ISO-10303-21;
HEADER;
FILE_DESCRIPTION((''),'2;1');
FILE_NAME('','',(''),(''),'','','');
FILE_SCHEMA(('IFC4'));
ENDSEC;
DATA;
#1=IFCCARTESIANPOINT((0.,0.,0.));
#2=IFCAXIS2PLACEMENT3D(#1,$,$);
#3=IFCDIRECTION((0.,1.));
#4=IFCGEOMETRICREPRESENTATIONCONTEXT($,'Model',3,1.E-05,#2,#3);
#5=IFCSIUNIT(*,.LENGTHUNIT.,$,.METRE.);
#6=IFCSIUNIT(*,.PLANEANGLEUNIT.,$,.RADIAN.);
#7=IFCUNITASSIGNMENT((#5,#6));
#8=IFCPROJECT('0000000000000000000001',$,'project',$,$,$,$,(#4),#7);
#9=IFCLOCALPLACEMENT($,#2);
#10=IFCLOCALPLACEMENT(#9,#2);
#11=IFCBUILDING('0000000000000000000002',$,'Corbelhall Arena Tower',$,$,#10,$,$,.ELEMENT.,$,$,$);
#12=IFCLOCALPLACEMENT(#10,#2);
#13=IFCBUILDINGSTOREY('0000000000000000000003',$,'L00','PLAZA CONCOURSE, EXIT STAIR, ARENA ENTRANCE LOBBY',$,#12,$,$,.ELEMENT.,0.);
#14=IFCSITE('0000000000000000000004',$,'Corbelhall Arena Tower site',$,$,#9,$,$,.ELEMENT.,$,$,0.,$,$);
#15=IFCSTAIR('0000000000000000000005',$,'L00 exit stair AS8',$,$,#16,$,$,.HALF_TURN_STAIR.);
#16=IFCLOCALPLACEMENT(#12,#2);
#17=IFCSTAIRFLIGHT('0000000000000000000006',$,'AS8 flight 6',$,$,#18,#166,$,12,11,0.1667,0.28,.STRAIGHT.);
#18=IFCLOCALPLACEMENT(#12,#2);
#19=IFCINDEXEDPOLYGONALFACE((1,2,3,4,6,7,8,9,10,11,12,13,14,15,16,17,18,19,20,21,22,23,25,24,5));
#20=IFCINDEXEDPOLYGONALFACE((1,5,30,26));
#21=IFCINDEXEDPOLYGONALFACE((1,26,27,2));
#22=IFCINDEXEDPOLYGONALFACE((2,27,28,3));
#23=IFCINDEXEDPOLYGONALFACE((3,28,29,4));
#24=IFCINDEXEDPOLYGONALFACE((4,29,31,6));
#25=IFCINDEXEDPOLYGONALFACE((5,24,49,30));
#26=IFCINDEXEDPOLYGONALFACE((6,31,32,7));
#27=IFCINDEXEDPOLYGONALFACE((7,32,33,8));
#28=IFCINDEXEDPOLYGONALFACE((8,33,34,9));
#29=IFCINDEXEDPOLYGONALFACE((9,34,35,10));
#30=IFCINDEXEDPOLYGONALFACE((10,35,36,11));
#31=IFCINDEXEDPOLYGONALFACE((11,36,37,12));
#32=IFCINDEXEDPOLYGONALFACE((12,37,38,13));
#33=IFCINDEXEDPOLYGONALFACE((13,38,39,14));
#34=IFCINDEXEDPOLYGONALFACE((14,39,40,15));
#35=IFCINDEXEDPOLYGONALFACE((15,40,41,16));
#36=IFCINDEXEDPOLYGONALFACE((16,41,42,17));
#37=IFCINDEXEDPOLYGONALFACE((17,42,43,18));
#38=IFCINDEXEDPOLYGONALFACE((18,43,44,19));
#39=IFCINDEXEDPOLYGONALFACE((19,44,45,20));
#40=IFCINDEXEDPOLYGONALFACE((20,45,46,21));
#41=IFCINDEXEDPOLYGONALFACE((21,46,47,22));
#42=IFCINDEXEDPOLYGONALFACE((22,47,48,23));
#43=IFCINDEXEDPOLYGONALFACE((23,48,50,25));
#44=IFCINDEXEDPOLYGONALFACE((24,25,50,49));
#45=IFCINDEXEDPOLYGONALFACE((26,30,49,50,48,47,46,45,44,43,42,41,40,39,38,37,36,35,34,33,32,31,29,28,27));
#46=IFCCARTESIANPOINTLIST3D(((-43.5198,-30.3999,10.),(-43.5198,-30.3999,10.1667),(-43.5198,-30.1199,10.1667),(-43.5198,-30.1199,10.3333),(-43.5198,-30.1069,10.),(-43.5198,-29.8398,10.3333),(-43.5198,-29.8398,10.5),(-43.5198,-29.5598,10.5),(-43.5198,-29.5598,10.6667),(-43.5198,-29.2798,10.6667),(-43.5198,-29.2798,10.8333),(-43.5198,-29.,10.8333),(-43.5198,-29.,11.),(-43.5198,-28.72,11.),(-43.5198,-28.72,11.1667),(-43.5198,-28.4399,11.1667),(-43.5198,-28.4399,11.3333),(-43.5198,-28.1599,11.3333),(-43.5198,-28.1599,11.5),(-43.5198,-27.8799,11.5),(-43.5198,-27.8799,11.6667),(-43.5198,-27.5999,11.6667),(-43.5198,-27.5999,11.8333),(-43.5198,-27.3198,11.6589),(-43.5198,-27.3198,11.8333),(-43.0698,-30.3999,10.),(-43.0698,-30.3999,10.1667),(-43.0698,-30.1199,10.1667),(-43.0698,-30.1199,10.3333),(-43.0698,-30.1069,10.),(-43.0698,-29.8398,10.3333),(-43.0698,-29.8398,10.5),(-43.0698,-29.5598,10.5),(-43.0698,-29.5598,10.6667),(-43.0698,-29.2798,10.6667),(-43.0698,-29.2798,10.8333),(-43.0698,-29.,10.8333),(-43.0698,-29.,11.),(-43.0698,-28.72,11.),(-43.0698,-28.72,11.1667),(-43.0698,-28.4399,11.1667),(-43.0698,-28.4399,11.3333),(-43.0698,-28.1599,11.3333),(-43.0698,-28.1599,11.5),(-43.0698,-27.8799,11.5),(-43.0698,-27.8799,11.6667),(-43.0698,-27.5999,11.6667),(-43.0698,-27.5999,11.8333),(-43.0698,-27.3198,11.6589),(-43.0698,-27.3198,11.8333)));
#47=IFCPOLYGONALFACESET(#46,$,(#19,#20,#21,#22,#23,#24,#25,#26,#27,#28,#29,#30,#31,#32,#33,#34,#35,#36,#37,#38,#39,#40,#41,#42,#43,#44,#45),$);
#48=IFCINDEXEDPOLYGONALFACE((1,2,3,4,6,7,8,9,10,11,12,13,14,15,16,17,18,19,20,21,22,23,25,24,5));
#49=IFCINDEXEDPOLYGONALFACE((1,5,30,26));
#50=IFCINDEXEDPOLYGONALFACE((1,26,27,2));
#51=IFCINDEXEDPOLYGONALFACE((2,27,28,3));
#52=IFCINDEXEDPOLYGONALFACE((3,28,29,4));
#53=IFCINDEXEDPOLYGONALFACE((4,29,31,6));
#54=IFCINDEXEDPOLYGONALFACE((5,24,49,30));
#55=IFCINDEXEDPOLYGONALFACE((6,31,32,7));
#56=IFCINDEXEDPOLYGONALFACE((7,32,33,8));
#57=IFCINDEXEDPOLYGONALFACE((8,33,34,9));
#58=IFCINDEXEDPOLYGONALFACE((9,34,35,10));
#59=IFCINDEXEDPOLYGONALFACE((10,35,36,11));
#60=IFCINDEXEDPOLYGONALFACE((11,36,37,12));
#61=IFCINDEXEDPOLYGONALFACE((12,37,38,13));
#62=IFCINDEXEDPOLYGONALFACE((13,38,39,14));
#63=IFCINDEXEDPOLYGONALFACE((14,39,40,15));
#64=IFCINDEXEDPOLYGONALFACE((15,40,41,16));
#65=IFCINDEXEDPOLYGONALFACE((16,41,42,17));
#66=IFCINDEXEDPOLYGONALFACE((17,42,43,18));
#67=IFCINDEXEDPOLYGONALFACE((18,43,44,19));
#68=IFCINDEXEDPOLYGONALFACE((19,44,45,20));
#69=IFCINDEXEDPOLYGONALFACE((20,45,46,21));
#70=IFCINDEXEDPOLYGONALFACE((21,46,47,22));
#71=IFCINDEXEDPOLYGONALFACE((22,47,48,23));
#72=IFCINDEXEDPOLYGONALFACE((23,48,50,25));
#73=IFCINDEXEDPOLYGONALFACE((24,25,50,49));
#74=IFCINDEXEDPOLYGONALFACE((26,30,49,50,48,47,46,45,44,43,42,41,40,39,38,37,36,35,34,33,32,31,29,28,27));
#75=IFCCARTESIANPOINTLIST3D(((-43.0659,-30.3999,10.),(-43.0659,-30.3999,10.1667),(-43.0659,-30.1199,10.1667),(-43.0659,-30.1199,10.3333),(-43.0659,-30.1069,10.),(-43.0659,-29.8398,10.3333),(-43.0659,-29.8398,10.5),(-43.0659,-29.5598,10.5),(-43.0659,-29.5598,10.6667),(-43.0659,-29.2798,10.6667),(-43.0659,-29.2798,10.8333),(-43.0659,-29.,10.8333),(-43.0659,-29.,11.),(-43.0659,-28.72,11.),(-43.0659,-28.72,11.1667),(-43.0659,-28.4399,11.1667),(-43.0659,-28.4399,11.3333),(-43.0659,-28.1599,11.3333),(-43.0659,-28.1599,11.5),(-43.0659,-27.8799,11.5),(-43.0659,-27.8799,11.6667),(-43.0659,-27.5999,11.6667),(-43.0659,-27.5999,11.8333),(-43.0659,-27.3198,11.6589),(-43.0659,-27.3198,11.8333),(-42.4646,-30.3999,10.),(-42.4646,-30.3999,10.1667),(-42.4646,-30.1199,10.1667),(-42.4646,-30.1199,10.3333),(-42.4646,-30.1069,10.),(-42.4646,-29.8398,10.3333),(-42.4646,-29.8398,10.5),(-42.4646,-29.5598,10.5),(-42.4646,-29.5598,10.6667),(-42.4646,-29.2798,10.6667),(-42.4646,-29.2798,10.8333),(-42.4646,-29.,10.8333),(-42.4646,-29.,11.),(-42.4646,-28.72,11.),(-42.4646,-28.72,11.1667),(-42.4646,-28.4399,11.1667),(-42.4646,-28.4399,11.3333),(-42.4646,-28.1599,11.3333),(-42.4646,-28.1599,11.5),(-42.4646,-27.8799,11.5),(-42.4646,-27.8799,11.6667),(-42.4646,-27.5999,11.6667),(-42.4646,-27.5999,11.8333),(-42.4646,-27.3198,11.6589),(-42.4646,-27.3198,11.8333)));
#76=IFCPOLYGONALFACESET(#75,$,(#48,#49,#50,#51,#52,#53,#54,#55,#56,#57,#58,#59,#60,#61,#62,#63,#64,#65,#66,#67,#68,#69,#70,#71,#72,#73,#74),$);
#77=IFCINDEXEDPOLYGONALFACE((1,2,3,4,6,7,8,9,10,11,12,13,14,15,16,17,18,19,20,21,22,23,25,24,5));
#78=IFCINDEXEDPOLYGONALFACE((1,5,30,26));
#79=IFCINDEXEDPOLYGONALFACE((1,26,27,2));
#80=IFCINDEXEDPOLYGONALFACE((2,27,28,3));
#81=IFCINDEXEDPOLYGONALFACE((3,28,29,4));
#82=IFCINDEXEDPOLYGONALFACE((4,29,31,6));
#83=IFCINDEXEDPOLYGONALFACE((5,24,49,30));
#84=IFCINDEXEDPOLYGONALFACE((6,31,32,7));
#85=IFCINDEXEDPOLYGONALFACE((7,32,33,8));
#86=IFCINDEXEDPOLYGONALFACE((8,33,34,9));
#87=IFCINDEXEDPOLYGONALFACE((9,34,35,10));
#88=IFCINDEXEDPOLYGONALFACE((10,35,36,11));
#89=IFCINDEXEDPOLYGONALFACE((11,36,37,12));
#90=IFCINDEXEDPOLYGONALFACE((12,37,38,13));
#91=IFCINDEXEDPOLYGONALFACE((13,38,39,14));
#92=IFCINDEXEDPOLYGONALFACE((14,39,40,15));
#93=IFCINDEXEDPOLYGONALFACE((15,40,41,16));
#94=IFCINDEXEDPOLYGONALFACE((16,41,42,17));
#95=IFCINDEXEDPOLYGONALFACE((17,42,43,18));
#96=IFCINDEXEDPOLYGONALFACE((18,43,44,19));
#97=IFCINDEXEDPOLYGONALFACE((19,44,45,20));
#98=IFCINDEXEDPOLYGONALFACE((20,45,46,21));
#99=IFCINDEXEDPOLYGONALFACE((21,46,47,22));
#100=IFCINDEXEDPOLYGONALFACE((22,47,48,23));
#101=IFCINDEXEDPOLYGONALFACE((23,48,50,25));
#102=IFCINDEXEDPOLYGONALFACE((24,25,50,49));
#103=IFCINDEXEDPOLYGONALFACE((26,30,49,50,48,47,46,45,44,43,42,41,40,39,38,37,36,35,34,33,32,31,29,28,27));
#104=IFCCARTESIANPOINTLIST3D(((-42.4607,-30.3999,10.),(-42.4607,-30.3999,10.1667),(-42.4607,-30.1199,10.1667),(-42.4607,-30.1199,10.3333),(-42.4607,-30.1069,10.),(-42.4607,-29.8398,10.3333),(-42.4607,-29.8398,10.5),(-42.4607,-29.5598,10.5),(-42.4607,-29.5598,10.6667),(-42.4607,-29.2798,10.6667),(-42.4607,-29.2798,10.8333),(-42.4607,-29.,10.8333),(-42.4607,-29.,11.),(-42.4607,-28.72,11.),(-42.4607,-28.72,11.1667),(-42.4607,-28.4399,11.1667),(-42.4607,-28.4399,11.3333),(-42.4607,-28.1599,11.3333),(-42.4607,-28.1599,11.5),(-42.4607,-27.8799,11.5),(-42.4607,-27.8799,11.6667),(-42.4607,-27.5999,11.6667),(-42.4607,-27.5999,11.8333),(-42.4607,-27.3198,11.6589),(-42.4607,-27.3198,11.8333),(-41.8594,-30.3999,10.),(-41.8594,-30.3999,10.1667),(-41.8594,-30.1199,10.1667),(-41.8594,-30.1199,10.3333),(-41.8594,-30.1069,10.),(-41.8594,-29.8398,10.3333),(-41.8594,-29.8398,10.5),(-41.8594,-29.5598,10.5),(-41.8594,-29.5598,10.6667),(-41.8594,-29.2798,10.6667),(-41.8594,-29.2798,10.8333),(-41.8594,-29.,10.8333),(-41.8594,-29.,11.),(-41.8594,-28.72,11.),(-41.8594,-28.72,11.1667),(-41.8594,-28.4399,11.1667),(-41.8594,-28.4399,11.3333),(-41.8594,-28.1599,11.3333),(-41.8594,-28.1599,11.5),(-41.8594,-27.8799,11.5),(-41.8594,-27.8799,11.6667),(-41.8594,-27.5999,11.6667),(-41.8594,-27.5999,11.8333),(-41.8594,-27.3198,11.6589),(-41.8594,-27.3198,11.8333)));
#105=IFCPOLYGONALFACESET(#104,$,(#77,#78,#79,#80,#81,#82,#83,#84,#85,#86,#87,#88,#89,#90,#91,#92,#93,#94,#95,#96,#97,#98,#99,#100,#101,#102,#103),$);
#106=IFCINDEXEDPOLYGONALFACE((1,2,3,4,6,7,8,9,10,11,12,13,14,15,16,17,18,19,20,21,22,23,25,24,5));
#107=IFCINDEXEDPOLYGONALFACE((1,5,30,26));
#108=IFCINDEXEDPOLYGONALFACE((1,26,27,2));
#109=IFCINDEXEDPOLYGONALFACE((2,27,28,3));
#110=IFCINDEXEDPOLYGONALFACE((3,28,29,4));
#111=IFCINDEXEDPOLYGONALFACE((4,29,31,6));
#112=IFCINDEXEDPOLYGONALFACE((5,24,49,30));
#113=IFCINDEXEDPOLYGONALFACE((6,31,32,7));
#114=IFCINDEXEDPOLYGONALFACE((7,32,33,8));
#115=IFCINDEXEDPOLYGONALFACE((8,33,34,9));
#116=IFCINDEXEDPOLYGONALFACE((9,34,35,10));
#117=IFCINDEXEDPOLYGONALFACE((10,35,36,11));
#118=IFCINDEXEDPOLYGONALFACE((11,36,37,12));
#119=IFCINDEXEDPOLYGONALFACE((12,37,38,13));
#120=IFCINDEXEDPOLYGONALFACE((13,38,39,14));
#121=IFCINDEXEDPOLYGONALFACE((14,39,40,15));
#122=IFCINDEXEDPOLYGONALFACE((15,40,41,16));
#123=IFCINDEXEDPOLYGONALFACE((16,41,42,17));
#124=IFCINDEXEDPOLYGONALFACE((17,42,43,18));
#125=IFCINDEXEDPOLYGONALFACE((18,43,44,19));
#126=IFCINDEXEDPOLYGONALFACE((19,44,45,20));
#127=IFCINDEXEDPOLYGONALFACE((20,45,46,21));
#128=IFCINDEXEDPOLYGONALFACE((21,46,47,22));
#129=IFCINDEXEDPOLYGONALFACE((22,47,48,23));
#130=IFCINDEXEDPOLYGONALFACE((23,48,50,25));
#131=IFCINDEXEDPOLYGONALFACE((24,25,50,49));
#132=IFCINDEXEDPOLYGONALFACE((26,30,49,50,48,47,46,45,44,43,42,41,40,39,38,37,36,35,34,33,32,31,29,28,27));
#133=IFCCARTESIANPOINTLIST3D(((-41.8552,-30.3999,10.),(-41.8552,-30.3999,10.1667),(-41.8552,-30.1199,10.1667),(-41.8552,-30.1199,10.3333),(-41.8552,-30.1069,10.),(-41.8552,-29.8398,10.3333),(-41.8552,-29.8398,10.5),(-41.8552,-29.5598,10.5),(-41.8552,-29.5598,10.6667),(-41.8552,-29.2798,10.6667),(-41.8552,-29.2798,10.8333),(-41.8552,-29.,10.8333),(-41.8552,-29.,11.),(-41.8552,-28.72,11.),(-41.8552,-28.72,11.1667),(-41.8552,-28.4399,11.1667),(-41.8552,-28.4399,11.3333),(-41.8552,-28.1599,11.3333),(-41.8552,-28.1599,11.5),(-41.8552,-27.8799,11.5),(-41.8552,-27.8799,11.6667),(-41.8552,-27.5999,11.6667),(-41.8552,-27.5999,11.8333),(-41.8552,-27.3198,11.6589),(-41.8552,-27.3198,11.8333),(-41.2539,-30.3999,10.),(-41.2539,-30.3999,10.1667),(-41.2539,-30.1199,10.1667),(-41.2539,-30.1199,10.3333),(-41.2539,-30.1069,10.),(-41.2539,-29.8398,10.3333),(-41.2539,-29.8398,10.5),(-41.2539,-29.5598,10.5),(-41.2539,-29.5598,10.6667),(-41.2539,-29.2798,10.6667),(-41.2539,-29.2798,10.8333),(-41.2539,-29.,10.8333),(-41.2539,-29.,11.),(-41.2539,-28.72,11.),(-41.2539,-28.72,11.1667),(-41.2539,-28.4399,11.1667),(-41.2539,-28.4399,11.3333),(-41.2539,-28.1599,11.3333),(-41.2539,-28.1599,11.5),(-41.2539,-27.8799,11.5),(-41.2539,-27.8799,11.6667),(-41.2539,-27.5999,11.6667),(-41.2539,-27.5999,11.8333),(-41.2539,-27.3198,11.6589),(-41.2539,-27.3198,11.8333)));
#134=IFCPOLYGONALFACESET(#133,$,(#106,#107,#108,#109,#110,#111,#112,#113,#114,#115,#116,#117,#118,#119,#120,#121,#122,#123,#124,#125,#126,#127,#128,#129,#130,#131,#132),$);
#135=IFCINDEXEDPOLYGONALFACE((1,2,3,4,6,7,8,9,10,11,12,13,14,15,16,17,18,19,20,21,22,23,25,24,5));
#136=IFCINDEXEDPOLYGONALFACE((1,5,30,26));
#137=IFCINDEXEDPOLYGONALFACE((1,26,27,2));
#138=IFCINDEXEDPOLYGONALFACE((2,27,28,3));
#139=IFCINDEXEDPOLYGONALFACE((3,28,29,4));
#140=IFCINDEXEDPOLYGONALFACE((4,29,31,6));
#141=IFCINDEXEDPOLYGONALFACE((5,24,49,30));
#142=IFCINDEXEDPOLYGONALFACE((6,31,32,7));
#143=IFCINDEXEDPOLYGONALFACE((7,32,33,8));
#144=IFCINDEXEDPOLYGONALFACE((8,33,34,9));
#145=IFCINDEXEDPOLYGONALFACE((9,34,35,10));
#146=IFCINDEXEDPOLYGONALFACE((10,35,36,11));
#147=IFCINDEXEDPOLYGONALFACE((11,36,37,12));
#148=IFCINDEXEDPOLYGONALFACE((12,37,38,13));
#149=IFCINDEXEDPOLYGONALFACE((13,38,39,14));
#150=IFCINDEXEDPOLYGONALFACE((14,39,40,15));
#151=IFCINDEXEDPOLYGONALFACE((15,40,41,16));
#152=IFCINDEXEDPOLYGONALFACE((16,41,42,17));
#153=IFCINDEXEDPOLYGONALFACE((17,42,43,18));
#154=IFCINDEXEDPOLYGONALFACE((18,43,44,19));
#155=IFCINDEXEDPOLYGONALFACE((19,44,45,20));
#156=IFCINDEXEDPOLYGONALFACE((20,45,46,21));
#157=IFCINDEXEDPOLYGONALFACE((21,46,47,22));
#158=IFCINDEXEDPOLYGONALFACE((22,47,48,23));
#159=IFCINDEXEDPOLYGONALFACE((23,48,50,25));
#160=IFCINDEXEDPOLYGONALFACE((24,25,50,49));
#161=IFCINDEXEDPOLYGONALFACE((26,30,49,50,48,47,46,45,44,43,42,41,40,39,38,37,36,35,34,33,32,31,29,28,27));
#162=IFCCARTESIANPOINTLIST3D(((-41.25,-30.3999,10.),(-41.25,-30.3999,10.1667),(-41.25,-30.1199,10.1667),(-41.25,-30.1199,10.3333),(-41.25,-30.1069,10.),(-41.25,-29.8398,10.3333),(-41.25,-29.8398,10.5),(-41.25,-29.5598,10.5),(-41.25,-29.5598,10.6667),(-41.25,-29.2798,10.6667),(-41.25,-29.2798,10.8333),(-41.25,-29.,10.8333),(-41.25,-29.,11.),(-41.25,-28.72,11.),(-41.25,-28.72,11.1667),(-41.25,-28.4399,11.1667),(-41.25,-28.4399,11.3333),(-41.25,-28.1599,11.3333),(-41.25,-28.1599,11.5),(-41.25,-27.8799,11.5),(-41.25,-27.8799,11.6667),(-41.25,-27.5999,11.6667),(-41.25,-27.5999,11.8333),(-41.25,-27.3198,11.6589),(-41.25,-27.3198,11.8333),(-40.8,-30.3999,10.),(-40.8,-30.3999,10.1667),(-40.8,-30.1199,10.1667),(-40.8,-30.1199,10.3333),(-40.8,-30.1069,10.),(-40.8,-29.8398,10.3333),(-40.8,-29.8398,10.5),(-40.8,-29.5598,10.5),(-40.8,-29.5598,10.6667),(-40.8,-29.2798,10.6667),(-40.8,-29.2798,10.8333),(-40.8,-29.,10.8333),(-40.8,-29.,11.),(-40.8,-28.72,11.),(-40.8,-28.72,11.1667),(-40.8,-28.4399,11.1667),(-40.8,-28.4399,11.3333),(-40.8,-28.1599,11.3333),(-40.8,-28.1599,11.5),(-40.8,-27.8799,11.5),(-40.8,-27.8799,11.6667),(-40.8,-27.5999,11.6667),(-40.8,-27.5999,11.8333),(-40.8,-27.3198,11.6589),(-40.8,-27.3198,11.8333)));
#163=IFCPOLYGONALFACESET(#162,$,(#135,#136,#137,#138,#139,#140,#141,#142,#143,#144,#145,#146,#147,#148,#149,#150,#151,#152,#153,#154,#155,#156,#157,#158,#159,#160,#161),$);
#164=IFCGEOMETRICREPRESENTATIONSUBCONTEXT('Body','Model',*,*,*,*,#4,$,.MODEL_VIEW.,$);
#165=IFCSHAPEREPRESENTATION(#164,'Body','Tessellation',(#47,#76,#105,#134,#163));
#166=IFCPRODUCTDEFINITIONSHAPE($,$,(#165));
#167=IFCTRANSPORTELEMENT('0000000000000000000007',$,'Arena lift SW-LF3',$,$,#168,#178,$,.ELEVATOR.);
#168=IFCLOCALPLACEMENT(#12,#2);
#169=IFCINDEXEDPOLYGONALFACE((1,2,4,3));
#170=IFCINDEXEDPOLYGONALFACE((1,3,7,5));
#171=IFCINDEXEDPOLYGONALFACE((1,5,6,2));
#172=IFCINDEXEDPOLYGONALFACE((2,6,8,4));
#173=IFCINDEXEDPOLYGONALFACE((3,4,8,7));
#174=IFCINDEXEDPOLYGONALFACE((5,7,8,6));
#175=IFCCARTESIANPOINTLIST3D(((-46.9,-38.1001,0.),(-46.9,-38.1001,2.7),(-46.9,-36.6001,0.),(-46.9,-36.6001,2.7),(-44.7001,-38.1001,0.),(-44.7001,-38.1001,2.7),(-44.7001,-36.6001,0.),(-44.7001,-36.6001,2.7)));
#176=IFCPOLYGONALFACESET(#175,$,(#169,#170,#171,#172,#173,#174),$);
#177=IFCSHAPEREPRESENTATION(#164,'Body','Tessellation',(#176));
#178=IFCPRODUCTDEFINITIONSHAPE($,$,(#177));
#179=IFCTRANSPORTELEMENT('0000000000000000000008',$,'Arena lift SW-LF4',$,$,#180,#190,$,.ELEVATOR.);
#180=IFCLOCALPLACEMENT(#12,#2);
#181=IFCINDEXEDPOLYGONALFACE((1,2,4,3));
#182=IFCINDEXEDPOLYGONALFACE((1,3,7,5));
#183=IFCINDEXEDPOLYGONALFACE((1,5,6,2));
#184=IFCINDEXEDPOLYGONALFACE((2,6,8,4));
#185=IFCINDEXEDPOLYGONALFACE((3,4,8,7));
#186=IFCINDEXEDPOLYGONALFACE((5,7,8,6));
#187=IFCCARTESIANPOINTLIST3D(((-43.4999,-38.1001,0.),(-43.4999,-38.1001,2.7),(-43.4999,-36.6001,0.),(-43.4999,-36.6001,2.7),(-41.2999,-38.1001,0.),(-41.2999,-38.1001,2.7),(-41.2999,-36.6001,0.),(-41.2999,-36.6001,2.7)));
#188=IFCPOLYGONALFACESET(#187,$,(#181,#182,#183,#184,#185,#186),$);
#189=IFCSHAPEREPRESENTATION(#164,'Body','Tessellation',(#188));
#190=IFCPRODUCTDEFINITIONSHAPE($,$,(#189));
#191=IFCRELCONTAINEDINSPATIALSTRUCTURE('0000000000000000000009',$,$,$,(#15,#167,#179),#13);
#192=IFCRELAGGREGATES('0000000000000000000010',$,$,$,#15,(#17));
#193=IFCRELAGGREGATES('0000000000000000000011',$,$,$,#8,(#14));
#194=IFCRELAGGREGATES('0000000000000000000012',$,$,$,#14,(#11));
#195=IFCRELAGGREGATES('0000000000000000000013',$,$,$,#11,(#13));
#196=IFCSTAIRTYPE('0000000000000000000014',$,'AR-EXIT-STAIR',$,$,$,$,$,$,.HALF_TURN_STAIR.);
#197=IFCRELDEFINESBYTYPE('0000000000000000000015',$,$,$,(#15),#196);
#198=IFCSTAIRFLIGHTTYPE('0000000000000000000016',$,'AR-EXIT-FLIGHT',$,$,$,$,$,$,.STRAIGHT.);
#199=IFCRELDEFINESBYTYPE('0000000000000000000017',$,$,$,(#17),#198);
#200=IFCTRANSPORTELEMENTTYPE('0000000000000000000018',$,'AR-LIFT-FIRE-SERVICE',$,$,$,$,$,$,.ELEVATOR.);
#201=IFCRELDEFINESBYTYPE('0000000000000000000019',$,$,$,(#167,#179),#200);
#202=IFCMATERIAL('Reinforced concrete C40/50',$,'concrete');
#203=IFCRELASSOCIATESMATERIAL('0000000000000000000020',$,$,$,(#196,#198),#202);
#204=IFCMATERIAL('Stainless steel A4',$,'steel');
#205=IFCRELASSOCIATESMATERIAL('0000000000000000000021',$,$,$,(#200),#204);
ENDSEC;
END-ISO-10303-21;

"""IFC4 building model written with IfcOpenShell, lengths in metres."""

from ifc_helpers import new_model, si_unit, direction, frame, origin, origin_2d, place, context, subcontext, project, spatial, polyline, rectangle, outline, extrude, material, type_object, element, aggregate, save


model = new_model("IFC4")

# Units and contexts
model_context = context("Model", 3, precision=1e-05, world=origin(), true_north=direction((0.0, 1.0)))
body_context = subcontext(model_context, "Body", "Model", "MODEL_VIEW")
ifc_project = project(units=[si_unit("LENGTHUNIT", "METRE"), si_unit("PLANEANGLEUNIT", "RADIAN")], contexts=[model_context])

# Site, building, storey
site_placement = place(None, origin())
site = spatial("IfcSite", under=ifc_project, at=site_placement, Name="Corbelhall Arena Tower site", CompositionType="ELEMENT", RefElevation=0.0)
building_placement = place(site_placement, origin())
building = spatial("IfcBuilding", under=site, at=building_placement, Name="Corbelhall Arena Tower", CompositionType="ELEMENT")
storey_placement = place(building_placement, origin())
storey = spatial("IfcBuildingStorey", under=building, at=storey_placement, Name="L00", Description="PLAZA CONCOURSE, EXIT STAIR, ARENA ENTRANCE LOBBY", CompositionType="ELEMENT", Elevation=0.0)

# Shared definitions
ifc_material_1 = material(Name="Reinforced concrete C40/50", Category="concrete")
ifc_material_2 = material(Name="Stainless steel A4", Category="steel")

# Shared definitions
stair_type = type_object("IfcStairType", Name="AR-EXIT-STAIR", PredefinedType="HALF_TURN_STAIR", material=ifc_material_1)
stair_flight_type = type_object("IfcStairFlightType", Name="AR-EXIT-FLIGHT", PredefinedType="STRAIGHT", material=ifc_material_1)

# Stair, stair flight
stair_1_placement = place(storey_placement, origin())
stair_1 = element("IfcStair", 1, at=stair_1_placement, inside=storey, type_object=stair_type, Name="L00 exit stair AS8", PredefinedType="HALF_TURN_STAIR")
stair_flight_1_placement = place(storey_placement, frame((-42.1599, -30.3999, 10.0), z_axis=(0.0, 0.0, 1.0), x_axis=(0.0, 1.0, 0.0)))
stair_flight_1 = element("IfcStairFlight", 2, at=stair_flight_1_placement, type_object=stair_flight_type, Name="AS8 flight 6", NumberOfRisers=12, NumberOfTreads=11, PredefinedType="STRAIGHT", RiserHeight=0.1667, TreadLength=0.28, context=body_context, shape_type="SweptSolid", body=[
    extrude(outline(polyline([(0.0, 0.0), (0.0, 0.1667), (0.28, 0.1667), (0.28, 0.3333), (0.5601, 0.3333), (0.5601, 0.5), (0.8401, 0.5), (0.8401, 0.6667), (1.1201, 0.6667), (1.1201, 0.8333), (1.3999, 0.8333), (1.3999, 1.0), (1.6799, 1.0), (1.6799, 1.1667), (1.96, 1.1667), (1.96, 1.3333), (2.24, 1.3333), (2.24, 1.5), (2.52, 1.5), (2.52, 1.6667), (2.8, 1.6667), (2.8, 1.8333), (3.0801, 1.8333), (3.0801, 2.0), (3.0801, 1.6589), (0.293, 0.0), (0.0, 0.0)])), frame((0.0, 1.3599, 0.0), z_axis=(0.0, -1.0, 0.0), x_axis=(1.0, 0.0, 0.0)), (0.0, 0.0, 1.0), 0.45),
    extrude(outline(polyline([(0.0, 0.0), (0.0, 0.1667), (0.28, 0.1667), (0.28, 0.3333), (0.5601, 0.3333), (0.5601, 0.5), (0.8401, 0.5), (0.8401, 0.6667), (1.1201, 0.6667), (1.1201, 0.8333), (1.3999, 0.8333), (1.3999, 1.0), (1.6799, 1.0), (1.6799, 1.1667), (1.96, 1.1667), (1.96, 1.3333), (2.24, 1.3333), (2.24, 1.5), (2.52, 1.5), (2.52, 1.6667), (2.8, 1.6667), (2.8, 1.8333), (3.0801, 1.8333), (3.0801, 2.0), (3.0801, 1.6589), (0.293, 0.0), (0.0, 0.0)])), frame((0.0, 0.906, 0.0), z_axis=(0.0, -1.0, 0.0), x_axis=(1.0, 0.0, 0.0)), (0.0, 0.0, 1.0), 0.6013),
    extrude(outline(polyline([(0.0, 0.0), (0.0, 0.1667), (0.28, 0.1667), (0.28, 0.3333), (0.5601, 0.3333), (0.5601, 0.5), (0.8401, 0.5), (0.8401, 0.6667), (1.1201, 0.6667), (1.1201, 0.8333), (1.3999, 0.8333), (1.3999, 1.0), (1.6799, 1.0), (1.6799, 1.1667), (1.96, 1.1667), (1.96, 1.3333), (2.24, 1.3333), (2.24, 1.5), (2.52, 1.5), (2.52, 1.6667), (2.8, 1.6667), (2.8, 1.8333), (3.0801, 1.8333), (3.0801, 2.0), (3.0801, 1.6589), (0.293, 0.0), (0.0, 0.0)])), frame((0.0, 0.3008, 0.0), z_axis=(0.0, -1.0, 0.0), x_axis=(1.0, 0.0, 0.0)), (0.0, 0.0, 1.0), 0.6013),
    extrude(outline(polyline([(0.0, 0.0), (0.0, 0.1667), (0.28, 0.1667), (0.28, 0.3333), (0.5601, 0.3333), (0.5601, 0.5), (0.8401, 0.5), (0.8401, 0.6667), (1.1201, 0.6667), (1.1201, 0.8333), (1.3999, 0.8333), (1.3999, 1.0), (1.6799, 1.0), (1.6799, 1.1667), (1.96, 1.1667), (1.96, 1.3333), (2.24, 1.3333), (2.24, 1.5), (2.52, 1.5), (2.52, 1.6667), (2.8, 1.6667), (2.8, 1.8333), (3.0801, 1.8333), (3.0801, 2.0), (3.0801, 1.6589), (0.293, 0.0), (0.0, 0.0)])), frame((0.0, -0.3047, 0.0), z_axis=(0.0, -1.0, 0.0), x_axis=(1.0, 0.0, 0.0)), (0.0, 0.0, 1.0), 0.6013),
    extrude(outline(polyline([(0.0, 0.0), (0.0, 0.1667), (0.28, 0.1667), (0.28, 0.3333), (0.5601, 0.3333), (0.5601, 0.5), (0.8401, 0.5), (0.8401, 0.6667), (1.1201, 0.6667), (1.1201, 0.8333), (1.3999, 0.8333), (1.3999, 1.0), (1.6799, 1.0), (1.6799, 1.1667), (1.96, 1.1667), (1.96, 1.3333), (2.24, 1.3333), (2.24, 1.5), (2.52, 1.5), (2.52, 1.6667), (2.8, 1.6667), (2.8, 1.8333), (3.0801, 1.8333), (3.0801, 2.0), (3.0801, 1.6589), (0.293, 0.0), (0.0, 0.0)])), frame((0.0, -0.9099, 0.0), z_axis=(0.0, -1.0, 0.0), x_axis=(1.0, 0.0, 0.0)), (0.0, 0.0, 1.0), 0.45),
])
aggregate(stair_1, [stair_flight_1])

# Transport elements
transport_element_type_1 = type_object("IfcTransportElementType", Name="AR-LIFT-FIRE-SERVICE", PredefinedType="ELEVATOR", material=ifc_material_2)
for number, where, z_axis, x_axis, name in (
    (3, (-45.8, -37.3501, 0.0), (0.0, 0.0, 1.0), (1.0, 0.0, 0.0), "Arena lift SW-LF3"),
    (4, (-42.3999, -37.3501, 0.0), (0.0, 0.0, 1.0), (1.0, 0.0, 0.0), "Arena lift SW-LF4"),
):
    element("IfcTransportElement", number, at=place(storey_placement, frame(where, z_axis=z_axis, x_axis=x_axis)), inside=storey, type_object=transport_element_type_1, Name=name, PredefinedType="ELEVATOR", context=body_context, shape_type="SweptSolid", body=[
        extrude(rectangle(XDim=2.2, YDim=1.5, at=origin_2d()), origin(), (0.0, 0.0, 1.0), 2.7),
    ])

save(model, "model.ifc")
